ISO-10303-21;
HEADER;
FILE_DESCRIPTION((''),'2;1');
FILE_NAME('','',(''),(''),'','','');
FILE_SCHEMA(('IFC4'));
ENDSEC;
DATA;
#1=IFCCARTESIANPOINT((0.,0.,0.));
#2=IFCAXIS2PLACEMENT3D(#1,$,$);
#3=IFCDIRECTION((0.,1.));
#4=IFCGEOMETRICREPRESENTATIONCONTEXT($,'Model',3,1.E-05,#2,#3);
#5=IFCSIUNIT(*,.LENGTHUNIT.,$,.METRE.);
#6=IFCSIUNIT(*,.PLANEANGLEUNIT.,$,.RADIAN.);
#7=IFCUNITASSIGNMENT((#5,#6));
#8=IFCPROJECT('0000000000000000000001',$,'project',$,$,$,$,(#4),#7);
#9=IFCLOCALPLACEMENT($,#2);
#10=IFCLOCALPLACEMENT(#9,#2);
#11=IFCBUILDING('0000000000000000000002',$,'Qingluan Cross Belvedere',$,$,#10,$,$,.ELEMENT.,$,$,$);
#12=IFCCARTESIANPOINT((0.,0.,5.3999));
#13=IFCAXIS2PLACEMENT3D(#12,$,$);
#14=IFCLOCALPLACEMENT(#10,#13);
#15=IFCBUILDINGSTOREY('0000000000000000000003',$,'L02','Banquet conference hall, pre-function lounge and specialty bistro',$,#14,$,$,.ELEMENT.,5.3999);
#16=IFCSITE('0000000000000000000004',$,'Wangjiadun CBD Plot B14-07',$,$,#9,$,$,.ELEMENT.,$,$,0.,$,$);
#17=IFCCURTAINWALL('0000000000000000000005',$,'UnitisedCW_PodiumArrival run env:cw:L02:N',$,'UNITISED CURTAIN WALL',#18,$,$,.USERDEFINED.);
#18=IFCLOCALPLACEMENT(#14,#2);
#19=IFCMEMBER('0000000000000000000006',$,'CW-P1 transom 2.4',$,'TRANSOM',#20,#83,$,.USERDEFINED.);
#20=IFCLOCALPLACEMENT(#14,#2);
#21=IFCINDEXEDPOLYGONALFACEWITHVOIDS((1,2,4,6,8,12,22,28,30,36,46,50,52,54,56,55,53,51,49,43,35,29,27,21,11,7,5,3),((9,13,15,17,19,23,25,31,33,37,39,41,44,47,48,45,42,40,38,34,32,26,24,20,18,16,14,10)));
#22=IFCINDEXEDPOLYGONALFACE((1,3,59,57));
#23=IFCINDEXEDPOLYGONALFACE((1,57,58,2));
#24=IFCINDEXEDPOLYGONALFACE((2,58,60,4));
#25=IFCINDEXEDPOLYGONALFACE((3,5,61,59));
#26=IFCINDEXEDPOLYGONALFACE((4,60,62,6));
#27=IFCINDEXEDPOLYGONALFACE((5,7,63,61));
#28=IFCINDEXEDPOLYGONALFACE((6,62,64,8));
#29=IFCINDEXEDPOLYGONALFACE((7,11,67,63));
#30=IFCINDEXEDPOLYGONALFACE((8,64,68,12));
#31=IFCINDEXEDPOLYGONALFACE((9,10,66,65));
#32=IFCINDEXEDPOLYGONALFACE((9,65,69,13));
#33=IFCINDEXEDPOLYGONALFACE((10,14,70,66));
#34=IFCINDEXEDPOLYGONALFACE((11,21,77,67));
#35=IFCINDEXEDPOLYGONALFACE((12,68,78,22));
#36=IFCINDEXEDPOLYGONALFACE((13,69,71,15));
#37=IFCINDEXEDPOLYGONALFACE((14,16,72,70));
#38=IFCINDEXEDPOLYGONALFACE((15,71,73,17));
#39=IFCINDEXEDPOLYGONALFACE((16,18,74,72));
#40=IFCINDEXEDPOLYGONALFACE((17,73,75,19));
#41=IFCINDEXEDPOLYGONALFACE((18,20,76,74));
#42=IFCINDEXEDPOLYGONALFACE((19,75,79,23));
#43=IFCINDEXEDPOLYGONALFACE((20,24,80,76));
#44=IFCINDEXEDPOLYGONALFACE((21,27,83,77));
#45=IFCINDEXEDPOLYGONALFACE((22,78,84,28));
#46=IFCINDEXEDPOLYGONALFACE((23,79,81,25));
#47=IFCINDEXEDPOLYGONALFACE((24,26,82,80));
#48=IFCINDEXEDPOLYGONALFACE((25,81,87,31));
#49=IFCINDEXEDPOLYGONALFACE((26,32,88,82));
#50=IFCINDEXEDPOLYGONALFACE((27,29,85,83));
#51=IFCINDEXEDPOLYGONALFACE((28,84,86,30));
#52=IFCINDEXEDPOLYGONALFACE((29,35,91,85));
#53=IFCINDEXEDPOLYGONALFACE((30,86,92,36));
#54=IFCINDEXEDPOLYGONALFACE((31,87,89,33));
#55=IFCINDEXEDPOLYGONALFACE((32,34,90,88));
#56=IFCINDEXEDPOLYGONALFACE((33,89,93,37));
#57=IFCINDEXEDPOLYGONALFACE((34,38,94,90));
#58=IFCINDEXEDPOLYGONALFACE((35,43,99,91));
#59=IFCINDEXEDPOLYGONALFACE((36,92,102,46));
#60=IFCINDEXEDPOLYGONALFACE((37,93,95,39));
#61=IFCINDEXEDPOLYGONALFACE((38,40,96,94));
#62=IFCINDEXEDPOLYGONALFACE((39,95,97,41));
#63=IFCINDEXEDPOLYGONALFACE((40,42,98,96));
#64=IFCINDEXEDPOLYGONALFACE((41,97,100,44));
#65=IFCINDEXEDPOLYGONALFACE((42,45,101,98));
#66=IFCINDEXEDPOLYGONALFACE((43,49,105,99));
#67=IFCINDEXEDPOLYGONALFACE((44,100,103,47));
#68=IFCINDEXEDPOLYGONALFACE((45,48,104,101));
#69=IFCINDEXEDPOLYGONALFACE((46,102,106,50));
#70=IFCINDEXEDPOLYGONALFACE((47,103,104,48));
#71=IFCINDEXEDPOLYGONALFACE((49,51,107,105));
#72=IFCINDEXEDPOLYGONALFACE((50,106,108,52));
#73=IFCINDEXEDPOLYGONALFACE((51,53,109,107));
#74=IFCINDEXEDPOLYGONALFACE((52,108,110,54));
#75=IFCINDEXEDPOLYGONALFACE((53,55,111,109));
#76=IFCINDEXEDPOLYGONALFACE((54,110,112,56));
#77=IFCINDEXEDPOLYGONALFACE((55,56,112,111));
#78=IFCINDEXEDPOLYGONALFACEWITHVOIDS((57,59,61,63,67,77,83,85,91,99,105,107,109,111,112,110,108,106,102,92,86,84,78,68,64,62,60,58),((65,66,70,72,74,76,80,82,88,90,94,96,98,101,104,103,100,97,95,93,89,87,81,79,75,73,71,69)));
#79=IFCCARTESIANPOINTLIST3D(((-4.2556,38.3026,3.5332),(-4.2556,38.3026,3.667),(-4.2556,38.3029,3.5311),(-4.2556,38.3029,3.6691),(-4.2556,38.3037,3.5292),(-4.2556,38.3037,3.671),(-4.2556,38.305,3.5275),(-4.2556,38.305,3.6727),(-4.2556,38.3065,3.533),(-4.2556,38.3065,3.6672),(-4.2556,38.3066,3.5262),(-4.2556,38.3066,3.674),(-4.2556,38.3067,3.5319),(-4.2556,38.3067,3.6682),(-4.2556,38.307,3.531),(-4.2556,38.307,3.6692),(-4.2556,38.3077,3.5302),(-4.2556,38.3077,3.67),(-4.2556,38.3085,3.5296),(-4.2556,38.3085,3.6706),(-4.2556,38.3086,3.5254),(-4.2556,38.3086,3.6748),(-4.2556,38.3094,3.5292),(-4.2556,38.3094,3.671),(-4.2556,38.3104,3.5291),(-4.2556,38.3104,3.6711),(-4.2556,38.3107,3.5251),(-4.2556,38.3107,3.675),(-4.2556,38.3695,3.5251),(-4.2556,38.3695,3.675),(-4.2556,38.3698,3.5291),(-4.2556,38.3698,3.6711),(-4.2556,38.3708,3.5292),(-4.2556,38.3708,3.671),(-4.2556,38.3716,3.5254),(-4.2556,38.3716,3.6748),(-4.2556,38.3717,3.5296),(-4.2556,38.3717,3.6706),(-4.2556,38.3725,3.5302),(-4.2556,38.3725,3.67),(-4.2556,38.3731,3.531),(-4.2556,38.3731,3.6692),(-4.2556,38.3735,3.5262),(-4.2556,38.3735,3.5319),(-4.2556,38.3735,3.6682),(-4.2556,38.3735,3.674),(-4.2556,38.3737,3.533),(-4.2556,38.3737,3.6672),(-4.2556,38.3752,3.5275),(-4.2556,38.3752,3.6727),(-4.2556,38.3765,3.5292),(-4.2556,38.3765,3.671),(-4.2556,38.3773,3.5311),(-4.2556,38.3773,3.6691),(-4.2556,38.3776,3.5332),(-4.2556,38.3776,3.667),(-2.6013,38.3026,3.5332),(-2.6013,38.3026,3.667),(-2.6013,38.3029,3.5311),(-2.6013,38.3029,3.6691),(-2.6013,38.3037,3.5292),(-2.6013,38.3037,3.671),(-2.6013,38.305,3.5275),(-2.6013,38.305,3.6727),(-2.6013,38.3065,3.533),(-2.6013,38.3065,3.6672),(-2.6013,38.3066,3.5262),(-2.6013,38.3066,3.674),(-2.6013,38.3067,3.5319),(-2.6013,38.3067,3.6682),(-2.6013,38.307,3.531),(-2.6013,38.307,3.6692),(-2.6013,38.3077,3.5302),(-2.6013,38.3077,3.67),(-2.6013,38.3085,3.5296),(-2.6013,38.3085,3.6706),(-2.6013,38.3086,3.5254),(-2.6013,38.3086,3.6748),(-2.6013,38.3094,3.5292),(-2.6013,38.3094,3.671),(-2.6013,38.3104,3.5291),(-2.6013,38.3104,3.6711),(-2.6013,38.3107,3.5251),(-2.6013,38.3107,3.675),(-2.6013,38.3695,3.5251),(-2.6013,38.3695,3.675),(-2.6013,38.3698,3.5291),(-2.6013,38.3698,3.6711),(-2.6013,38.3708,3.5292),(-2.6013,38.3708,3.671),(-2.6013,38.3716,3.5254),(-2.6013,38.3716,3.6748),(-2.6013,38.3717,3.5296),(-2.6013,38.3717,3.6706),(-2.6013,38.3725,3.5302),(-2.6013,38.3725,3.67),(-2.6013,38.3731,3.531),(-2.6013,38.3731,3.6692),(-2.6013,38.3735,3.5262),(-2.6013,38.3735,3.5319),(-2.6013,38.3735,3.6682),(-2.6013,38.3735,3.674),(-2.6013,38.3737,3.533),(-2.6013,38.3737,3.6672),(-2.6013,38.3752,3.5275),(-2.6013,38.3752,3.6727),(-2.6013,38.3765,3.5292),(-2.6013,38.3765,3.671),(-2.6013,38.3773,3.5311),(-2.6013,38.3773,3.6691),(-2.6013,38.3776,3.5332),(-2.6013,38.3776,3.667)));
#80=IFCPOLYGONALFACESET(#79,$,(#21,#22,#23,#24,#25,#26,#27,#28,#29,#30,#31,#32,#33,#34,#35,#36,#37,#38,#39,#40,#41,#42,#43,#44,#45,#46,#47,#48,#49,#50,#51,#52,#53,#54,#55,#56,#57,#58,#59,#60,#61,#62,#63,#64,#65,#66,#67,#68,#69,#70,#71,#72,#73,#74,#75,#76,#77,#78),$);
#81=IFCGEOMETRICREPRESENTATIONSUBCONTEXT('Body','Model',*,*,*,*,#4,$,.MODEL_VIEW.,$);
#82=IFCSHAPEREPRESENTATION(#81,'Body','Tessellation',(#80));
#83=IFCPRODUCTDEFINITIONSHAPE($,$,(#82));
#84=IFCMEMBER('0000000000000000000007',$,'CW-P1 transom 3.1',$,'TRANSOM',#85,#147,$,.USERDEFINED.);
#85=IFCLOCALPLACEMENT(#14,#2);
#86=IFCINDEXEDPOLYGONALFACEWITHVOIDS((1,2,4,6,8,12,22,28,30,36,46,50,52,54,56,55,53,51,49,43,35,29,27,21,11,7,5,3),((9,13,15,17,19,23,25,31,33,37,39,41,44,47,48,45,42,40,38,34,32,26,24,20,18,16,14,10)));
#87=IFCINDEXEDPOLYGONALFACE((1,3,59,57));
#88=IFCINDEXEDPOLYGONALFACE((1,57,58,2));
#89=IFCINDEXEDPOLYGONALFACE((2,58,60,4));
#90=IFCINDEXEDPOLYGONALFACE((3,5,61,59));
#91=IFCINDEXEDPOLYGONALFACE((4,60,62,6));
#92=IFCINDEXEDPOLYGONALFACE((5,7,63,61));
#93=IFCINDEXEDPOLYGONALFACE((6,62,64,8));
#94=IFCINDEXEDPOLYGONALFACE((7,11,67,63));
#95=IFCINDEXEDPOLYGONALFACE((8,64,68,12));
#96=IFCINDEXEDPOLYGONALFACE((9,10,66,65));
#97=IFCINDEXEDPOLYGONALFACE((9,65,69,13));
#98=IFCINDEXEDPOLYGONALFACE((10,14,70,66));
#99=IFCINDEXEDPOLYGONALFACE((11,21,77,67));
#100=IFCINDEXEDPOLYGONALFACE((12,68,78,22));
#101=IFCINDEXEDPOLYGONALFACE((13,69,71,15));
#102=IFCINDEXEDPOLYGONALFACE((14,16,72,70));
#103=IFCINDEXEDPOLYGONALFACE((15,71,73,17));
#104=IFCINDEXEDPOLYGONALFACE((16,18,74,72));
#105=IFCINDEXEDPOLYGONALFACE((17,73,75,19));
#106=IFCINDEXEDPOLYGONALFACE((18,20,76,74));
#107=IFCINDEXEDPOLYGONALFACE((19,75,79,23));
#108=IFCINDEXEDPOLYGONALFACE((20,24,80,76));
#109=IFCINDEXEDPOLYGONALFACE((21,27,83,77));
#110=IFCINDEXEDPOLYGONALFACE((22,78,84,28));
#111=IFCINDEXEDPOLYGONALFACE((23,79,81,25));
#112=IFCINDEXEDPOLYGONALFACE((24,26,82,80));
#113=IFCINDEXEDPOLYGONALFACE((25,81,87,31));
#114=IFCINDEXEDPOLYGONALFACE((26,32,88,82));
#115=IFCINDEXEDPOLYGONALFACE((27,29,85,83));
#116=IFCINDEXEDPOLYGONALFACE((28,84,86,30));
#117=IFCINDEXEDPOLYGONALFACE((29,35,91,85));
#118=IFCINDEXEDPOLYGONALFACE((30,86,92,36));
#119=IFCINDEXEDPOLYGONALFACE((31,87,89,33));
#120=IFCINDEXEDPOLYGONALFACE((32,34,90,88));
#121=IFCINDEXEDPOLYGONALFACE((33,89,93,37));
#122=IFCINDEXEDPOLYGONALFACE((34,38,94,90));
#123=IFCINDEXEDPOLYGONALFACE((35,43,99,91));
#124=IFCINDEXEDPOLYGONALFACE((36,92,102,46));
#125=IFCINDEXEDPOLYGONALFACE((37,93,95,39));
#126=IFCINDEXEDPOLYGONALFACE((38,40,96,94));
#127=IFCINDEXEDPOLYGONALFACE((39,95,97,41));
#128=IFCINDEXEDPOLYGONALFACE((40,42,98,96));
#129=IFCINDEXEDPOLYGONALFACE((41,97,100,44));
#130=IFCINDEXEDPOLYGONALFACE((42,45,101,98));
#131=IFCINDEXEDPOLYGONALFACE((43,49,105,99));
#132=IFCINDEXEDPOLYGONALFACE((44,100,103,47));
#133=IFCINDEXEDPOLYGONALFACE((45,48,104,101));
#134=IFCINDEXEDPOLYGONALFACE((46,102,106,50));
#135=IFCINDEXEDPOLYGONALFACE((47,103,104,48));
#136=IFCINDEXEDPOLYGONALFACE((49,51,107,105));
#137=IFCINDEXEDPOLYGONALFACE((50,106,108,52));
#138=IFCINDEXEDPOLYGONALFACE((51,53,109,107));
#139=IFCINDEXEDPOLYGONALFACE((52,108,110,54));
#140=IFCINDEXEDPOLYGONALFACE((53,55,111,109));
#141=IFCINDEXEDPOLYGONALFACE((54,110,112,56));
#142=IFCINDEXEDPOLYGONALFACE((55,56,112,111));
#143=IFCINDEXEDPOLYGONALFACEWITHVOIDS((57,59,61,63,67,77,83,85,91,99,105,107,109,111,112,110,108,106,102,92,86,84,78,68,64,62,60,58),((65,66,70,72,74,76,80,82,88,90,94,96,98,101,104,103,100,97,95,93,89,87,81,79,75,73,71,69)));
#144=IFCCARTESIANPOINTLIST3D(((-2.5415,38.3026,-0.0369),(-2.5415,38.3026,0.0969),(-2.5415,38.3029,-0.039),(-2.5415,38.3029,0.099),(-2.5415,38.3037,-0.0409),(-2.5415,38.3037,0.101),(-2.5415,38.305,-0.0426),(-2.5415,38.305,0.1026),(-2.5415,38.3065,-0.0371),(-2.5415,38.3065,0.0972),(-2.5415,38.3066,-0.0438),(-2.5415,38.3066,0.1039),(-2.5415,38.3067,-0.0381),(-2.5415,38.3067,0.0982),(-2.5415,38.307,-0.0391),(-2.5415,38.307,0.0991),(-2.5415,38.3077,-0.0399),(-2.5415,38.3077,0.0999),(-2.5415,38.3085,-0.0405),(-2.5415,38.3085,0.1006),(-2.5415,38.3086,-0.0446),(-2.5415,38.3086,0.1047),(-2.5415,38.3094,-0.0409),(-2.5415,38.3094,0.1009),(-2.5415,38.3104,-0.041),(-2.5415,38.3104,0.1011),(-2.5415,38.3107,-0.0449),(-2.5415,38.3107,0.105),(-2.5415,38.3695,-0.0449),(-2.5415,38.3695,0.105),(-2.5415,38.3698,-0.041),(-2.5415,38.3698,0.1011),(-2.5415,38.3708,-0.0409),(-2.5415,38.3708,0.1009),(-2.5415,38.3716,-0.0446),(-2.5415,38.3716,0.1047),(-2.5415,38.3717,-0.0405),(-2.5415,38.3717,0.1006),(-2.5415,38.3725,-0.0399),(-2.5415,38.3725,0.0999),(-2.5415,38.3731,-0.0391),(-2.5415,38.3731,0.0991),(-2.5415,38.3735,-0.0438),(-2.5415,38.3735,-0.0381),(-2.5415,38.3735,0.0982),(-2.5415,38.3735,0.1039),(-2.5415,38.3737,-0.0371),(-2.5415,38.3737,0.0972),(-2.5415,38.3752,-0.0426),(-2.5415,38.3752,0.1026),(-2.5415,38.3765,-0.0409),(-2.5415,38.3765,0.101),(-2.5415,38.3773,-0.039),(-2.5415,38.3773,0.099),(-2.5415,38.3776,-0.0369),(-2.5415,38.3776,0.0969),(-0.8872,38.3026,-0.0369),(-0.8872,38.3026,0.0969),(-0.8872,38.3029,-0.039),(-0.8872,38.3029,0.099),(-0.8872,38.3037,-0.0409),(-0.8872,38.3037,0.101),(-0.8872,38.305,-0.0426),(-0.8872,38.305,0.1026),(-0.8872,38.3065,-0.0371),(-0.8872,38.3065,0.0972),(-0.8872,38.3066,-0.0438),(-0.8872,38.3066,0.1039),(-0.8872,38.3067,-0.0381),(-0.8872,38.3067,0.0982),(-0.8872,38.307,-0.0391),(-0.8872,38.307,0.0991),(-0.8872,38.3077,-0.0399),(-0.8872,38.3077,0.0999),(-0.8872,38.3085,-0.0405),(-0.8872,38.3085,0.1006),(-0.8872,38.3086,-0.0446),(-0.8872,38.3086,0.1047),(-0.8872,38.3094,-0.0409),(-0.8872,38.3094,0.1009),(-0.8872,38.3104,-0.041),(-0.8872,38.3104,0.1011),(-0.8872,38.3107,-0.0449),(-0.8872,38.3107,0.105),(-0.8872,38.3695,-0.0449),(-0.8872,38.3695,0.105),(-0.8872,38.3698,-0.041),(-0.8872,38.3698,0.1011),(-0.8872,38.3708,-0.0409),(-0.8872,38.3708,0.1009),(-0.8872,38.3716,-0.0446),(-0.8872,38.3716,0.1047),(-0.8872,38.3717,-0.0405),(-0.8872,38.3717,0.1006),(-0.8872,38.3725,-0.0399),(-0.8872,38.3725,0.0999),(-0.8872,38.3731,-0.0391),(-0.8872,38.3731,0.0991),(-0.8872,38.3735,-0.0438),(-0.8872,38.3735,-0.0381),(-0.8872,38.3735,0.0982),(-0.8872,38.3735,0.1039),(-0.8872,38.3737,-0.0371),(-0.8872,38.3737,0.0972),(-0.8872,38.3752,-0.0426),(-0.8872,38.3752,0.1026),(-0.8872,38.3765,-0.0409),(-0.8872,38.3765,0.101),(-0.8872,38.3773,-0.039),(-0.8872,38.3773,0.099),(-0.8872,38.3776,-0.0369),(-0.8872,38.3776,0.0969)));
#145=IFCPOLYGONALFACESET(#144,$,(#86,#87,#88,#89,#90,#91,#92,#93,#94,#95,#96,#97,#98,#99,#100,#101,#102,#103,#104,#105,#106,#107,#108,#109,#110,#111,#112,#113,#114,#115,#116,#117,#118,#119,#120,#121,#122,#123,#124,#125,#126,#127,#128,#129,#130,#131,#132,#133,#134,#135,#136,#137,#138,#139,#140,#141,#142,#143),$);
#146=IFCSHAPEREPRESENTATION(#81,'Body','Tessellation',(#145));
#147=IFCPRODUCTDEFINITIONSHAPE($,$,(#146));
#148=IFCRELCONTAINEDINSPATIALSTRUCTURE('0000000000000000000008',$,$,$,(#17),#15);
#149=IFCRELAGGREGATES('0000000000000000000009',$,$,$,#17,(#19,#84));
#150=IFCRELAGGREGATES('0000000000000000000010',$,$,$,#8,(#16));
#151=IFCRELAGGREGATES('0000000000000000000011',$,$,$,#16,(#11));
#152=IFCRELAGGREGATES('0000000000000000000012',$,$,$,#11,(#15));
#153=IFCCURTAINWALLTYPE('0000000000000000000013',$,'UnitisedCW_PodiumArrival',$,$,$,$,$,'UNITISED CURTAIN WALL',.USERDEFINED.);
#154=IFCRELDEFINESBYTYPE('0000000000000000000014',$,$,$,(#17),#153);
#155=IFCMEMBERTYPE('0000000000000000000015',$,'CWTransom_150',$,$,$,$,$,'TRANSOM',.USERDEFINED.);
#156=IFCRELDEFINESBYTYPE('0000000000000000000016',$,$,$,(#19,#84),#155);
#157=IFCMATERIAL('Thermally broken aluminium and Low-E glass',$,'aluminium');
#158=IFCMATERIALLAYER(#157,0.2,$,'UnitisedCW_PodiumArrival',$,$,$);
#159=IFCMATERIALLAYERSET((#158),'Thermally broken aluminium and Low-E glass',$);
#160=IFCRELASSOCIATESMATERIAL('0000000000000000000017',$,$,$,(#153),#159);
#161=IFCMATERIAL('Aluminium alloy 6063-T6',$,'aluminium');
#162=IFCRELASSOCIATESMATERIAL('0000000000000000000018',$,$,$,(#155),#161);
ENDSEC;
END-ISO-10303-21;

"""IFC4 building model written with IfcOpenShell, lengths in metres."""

from ifc_helpers import new_model, si_unit, direction, frame, origin, origin_2d, place, context, subcontext, project, spatial, hollow_rectangle, extrude, material, layer, layer_set, material_profile, profile_set, type_object, element, aggregate, save


model = new_model("IFC4")

# Units and contexts
model_context = context("Model", 3, precision=1e-05, world=origin(), true_north=direction((0.0, 1.0)))
body_context = subcontext(model_context, "Body", "Model", "MODEL_VIEW")
ifc_project = project(units=[si_unit("LENGTHUNIT", "METRE"), si_unit("PLANEANGLEUNIT", "RADIAN")], contexts=[model_context])

# Site, building, storey
site_placement = place(None, origin())
site = spatial("IfcSite", under=ifc_project, at=site_placement, Name="Wangjiadun CBD Plot B14-07", CompositionType="ELEMENT", RefElevation=0.0)
building_placement = place(site_placement, origin())
building = spatial("IfcBuilding", under=site, at=building_placement, Name="Qingluan Cross Belvedere", CompositionType="ELEMENT")
storey_placement = place(building_placement, frame((0.0, 0.0, 5.3999)))
storey = spatial("IfcBuildingStorey", under=building, at=storey_placement, Name="L02", Description="Banquet conference hall, pre-function lounge and specialty bistro", CompositionType="ELEMENT", Elevation=5.3999)

# Curtain wall, members
ifc_material_1 = material(Name="Thermally broken aluminium and Low-E glass", Category="aluminium")
ifc_layer_1 = layer(ifc_material_1, 0.2, Name="UnitisedCW_PodiumArrival")
ifc_layer_set_1 = layer_set([ifc_layer_1], Name="Thermally broken aluminium and Low-E glass")
curtain_wall_type = type_object("IfcCurtainWallType", Name="UnitisedCW_PodiumArrival", ElementType="UNITISED CURTAIN WALL", PredefinedType="USERDEFINED", material=ifc_layer_set_1)
curtain_wall_placement = place(storey_placement, origin())
curtain_wall = element("IfcCurtainWall", 1, at=curtain_wall_placement, inside=storey, type_object=curtain_wall_type, Name="UnitisedCW_PodiumArrival run env:cw:L02:N", ObjectType="UNITISED CURTAIN WALL", PredefinedType="USERDEFINED")
ifc_material_2 = material(Name="Aluminium alloy 6063-T6", Category="aluminium")
ifc_material_profile_1 = material_profile(ifc_material_2, hollow_rectangle(XDim=0.075, YDim=0.1499, WallThickness=0.0039, InnerFilletRadius=0.0039, OuterFilletRadius=0.0081, at=origin_2d()), Name="CWT150x75x4")
ifc_profile_set_1 = profile_set([ifc_material_profile_1], Name="Aluminium alloy 6063-T6")
member_type_1 = type_object("IfcMemberType", Name="CWTransom_150", ElementType="TRANSOM", PredefinedType="USERDEFINED", material=ifc_profile_set_1)
member_1_placement = place(storey_placement, frame((-4.2556, 38.3401, 3.6001), z_axis=(1.0, 0.0, 0.0), x_axis=(0.0, 1.0, 0.0)))
member_1 = element("IfcMember", 2, at=member_1_placement, type_object=member_type_1, Name="CW-P1 transom 2.4", ObjectType="TRANSOM", PredefinedType="USERDEFINED", context=body_context, shape_type="SweptSolid", body=[
    extrude(hollow_rectangle(XDim=0.075, YDim=0.1499, WallThickness=0.0039, InnerFilletRadius=0.0039, OuterFilletRadius=0.0081, at=origin_2d()), origin(), (0.0, 0.0, 1.0), 1.6543),
])
member_2_placement = place(storey_placement, frame((-2.5415, 38.3401, 0.03), z_axis=(1.0, 0.0, 0.0), x_axis=(0.0, 1.0, 0.0)))
member_2 = element("IfcMember", 3, at=member_2_placement, type_object=member_type_1, Name="CW-P1 transom 3.1", ObjectType="TRANSOM", PredefinedType="USERDEFINED", context=body_context, shape_type="SweptSolid", body=[
    extrude(hollow_rectangle(XDim=0.075, YDim=0.1499, WallThickness=0.0039, InnerFilletRadius=0.0039, OuterFilletRadius=0.0081, at=origin_2d()), origin(), (0.0, 0.0, 1.0), 1.6543),
])

aggregate(curtain_wall, [member_1, member_2])

save(model, "model.ifc")
